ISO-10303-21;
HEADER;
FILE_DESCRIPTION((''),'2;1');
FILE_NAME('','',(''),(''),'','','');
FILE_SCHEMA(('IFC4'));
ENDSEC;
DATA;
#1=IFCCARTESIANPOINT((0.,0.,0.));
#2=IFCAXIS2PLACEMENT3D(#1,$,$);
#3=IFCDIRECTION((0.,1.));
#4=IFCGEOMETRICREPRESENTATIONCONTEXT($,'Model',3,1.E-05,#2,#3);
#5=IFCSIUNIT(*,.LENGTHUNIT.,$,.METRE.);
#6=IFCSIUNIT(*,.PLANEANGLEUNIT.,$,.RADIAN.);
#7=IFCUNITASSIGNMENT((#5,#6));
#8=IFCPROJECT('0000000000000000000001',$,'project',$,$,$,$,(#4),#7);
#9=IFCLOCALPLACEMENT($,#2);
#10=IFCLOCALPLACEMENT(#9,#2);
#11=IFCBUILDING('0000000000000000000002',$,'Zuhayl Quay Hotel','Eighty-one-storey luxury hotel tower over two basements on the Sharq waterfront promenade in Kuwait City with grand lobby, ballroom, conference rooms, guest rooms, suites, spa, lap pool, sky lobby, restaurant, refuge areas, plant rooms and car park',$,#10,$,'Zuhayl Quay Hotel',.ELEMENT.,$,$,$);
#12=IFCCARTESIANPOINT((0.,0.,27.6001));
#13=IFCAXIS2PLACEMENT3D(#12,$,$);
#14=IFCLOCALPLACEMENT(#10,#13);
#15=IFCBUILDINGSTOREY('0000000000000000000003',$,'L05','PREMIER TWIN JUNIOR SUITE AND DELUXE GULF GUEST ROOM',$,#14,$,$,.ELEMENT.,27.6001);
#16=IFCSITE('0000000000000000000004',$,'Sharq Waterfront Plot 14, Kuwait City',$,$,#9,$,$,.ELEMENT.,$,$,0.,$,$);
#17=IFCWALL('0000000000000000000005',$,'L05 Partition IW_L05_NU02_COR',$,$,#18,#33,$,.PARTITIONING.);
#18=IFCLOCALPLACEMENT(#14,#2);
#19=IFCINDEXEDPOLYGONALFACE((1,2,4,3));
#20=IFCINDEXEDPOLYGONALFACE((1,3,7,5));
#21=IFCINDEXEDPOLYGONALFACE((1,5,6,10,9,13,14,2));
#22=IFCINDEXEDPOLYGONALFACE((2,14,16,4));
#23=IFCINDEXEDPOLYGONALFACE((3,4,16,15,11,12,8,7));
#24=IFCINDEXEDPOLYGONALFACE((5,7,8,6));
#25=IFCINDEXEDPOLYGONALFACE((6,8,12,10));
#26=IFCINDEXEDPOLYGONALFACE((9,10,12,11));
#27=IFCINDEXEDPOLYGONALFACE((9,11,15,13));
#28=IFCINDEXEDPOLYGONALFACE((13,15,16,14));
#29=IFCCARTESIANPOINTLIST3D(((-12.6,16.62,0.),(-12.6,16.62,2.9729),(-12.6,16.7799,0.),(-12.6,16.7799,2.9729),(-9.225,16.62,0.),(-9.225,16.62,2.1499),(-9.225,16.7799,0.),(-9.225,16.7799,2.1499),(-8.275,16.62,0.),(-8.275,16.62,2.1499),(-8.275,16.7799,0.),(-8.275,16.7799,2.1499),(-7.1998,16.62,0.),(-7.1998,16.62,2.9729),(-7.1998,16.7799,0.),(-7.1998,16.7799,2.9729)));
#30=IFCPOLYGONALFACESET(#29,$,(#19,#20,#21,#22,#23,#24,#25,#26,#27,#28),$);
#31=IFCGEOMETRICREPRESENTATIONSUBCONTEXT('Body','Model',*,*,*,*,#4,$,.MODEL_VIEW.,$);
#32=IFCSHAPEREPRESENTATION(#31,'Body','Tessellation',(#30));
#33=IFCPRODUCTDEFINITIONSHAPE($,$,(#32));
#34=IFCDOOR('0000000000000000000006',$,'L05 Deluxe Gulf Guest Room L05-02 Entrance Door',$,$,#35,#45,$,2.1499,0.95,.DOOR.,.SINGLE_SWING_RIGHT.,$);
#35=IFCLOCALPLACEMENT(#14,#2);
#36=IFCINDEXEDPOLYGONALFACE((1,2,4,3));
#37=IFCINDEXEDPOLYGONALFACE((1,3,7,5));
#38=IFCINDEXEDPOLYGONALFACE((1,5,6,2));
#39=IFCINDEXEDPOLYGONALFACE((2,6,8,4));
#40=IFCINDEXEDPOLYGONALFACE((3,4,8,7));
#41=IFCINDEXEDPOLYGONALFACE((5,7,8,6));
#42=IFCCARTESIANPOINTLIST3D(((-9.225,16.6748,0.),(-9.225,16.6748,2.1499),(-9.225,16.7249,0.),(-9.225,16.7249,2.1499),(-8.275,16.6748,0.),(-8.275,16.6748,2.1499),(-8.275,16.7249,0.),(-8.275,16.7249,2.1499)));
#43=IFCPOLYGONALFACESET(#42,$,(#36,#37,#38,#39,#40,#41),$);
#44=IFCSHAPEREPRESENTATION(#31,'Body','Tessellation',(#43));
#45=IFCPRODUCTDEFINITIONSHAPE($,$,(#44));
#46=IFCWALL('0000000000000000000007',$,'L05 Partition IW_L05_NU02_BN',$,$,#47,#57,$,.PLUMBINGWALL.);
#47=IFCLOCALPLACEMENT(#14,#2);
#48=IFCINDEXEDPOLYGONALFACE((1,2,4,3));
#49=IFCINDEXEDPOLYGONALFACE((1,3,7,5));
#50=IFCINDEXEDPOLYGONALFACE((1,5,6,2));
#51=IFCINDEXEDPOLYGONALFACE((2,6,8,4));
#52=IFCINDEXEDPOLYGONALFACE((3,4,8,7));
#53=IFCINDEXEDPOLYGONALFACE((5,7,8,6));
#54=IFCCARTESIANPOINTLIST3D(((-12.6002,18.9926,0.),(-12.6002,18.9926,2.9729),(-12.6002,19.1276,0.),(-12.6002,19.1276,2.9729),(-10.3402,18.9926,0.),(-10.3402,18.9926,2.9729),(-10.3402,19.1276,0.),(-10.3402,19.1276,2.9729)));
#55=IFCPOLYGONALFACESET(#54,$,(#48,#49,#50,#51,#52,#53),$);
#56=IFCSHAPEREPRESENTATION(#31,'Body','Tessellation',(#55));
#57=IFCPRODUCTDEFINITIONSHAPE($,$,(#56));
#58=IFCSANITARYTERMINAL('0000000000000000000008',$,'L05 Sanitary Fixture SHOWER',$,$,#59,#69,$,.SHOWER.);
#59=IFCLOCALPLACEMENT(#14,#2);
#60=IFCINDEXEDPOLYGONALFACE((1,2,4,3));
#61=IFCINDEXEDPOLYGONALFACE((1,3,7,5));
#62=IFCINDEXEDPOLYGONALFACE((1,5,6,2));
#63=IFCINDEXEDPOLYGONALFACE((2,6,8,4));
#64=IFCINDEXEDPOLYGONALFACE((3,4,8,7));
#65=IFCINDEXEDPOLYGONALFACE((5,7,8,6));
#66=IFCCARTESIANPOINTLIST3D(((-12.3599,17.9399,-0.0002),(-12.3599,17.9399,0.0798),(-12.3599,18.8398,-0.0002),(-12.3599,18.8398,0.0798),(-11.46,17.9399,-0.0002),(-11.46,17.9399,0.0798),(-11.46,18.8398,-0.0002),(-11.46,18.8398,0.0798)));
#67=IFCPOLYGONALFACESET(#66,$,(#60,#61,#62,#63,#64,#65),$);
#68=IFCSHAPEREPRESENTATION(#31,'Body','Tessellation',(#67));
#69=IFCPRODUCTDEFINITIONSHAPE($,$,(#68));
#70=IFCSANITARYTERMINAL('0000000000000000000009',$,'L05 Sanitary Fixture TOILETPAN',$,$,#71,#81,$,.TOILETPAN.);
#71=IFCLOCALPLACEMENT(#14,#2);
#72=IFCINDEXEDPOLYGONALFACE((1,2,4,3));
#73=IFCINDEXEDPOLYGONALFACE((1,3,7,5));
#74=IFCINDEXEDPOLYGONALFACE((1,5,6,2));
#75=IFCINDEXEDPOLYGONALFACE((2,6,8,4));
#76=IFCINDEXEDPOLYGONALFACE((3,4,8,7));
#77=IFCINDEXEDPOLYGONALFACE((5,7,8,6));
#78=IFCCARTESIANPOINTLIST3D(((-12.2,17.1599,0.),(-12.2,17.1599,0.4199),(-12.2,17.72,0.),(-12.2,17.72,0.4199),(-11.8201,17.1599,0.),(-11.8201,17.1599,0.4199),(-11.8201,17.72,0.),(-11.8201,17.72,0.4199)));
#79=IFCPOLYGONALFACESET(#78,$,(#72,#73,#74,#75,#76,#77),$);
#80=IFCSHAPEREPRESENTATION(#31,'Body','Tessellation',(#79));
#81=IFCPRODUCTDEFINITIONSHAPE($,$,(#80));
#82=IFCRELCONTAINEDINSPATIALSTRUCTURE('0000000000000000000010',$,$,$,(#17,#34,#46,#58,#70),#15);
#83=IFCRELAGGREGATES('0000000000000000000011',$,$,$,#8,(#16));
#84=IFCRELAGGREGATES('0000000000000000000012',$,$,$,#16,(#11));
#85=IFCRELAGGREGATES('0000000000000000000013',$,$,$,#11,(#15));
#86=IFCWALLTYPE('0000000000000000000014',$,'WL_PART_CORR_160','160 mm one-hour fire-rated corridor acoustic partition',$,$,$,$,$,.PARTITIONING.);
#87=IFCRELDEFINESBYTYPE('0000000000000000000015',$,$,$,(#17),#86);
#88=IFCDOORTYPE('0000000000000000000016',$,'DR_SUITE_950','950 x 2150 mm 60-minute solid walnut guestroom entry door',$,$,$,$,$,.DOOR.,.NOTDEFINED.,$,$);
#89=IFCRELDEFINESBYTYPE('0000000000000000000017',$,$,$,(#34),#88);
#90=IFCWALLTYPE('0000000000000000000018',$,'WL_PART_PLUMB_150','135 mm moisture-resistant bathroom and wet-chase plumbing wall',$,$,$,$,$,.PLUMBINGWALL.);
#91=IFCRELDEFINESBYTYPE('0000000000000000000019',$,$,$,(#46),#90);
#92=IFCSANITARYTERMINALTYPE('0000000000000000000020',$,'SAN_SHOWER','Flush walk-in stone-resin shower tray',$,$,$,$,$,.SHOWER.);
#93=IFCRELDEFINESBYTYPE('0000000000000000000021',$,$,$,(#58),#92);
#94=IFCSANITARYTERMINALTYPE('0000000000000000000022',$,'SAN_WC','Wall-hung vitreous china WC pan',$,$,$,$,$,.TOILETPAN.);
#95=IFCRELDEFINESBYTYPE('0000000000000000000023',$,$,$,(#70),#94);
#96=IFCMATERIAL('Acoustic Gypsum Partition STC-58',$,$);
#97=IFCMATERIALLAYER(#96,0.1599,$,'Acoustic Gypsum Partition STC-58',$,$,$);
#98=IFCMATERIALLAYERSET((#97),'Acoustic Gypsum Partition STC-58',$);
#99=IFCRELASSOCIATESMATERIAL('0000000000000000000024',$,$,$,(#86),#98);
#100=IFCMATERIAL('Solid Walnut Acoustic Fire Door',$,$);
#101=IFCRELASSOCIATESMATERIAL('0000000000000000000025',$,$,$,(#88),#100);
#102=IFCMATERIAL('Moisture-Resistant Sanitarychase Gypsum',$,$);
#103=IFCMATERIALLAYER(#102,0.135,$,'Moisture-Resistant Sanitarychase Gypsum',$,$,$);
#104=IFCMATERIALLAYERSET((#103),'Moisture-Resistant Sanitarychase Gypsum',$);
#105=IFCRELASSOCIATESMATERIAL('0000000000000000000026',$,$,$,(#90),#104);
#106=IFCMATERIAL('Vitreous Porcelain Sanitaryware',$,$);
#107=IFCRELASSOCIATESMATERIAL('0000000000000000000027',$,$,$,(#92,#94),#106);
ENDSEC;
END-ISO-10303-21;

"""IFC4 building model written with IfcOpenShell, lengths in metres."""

from ifc_helpers import new_model, si_unit, direction, frame, frame_2d, origin, origin_2d, place, context, subcontext, project, spatial, rectangle, extrude, material, layer, layer_set, type_object, element, fill, save


model = new_model("IFC4")

# Units and contexts
model_context = context("Model", 3, precision=1e-05, world=origin(), true_north=direction((0.0, 1.0)))
body_context = subcontext(model_context, "Body", "Model", "MODEL_VIEW")
ifc_project = project(units=[si_unit("LENGTHUNIT", "METRE"), si_unit("PLANEANGLEUNIT", "RADIAN")], contexts=[model_context])

# Site, building, storey
site_placement = place(None, origin())
site = spatial("IfcSite", under=ifc_project, at=site_placement, Name="Sharq Waterfront Plot 14, Kuwait City", CompositionType="ELEMENT", RefElevation=0.0)
building_placement = place(site_placement, origin())
building = spatial("IfcBuilding", under=site, at=building_placement, Name="Zuhayl Quay Hotel", Description="Eighty-one-storey luxury hotel tower over two basements on the Sharq waterfront promenade in Kuwait City with grand lobby, ballroom, conference rooms, guest rooms, suites, spa, lap pool, sky lobby, restaurant, refuge areas, plant rooms and car park", LongName="Zuhayl Quay Hotel", CompositionType="ELEMENT")
storey_placement = place(building_placement, frame((0.0, 0.0, 27.6001)))
storey = spatial("IfcBuildingStorey", under=building, at=storey_placement, Name="L05", Description="PREMIER TWIN JUNIOR SUITE AND DELUXE GULF GUEST ROOM", CompositionType="ELEMENT", Elevation=27.6001)

# Shared definitions
ifc_material_1 = material(Name="Acoustic Gypsum Partition STC-58")

# Wall, opening, door
ifc_layer_1 = layer(ifc_material_1, 0.1599, Name="Acoustic Gypsum Partition STC-58")
ifc_layer_set_1 = layer_set([ifc_layer_1], Name="Acoustic Gypsum Partition STC-58")
wall_type_1 = type_object("IfcWallType", Name="WL_PART_CORR_160", Description="160 mm one-hour fire-rated corridor acoustic partition", PredefinedType="PARTITIONING", material=ifc_layer_set_1)
wall_1_placement = place(storey_placement, frame((-12.6001, 16.7, 0.0), z_axis=(0.0, 0.0, 1.0), x_axis=(1.0, 0.0, 0.0)))
wall_1 = element("IfcWall", 1, at=wall_1_placement, inside=storey, type_object=wall_type_1, Name="L05 Partition IW_L05_NU02_COR", PredefinedType="PARTITIONING", context=body_context, shape_type="SweptSolid", body=[
    extrude(rectangle(XDim=5.4001, YDim=0.1599, at=frame_2d((2.7002, 0.0))), origin(), (0.0, 0.0, 1.0), 2.9729),
])
opening_1_placement = place(wall_1_placement, frame((3.375, 0.0, 0.0)))
opening_1 = element("IfcOpeningElement", 2, at=opening_1_placement, cuts=wall_1, PredefinedType="OPENING", context=body_context, shape_type="SweptSolid", body=[
    extrude(rectangle(XDim=0.95, YDim=2.1499, at=frame_2d((0.4751, 1.075))), frame((0.0, 0.0898, 0.0), z_axis=(0.0, -1.0, 0.0), x_axis=(1.0, 0.0, 0.0)), (0.0, 0.0, 1.0), 0.1799),
])
ifc_material_2 = material(Name="Solid Walnut Acoustic Fire Door")
door_type_1 = type_object("IfcDoorType", Name="DR_SUITE_950", Description="950 x 2150 mm 60-minute solid walnut guestroom entry door", OperationType="NOTDEFINED", PredefinedType="DOOR", material=ifc_material_2)
door_1_placement = place(opening_1_placement, origin())
door_1 = element("IfcDoor", 3, at=door_1_placement, inside=storey, type_object=door_type_1, Name="L05 Deluxe Gulf Guest Room L05-02 Entrance Door", OperationType="SINGLE_SWING_RIGHT", OverallHeight=2.1499, OverallWidth=0.95, PredefinedType="DOOR", context=body_context, shape_type="SweptSolid", body=[
    extrude(rectangle(XDim=0.95, YDim=2.1499, at=frame_2d((0.4751, 1.075))), frame((0.0, 0.0249, 0.0), z_axis=(0.0, -1.0, 0.0), x_axis=(1.0, 0.0, 0.0)), (0.0, 0.0, 1.0), 0.05),
])
fill(opening_1, door_1)

# Wall
ifc_material_3 = material(Name="Moisture-Resistant Sanitarychase Gypsum")
ifc_layer_2 = layer(ifc_material_3, 0.135, Name="Moisture-Resistant Sanitarychase Gypsum")
ifc_layer_set_2 = layer_set([ifc_layer_2], Name="Moisture-Resistant Sanitarychase Gypsum")
wall_type_2 = type_object("IfcWallType", Name="WL_PART_PLUMB_150", Description="135 mm moisture-resistant bathroom and wet-chase plumbing wall", PredefinedType="PLUMBINGWALL", material=ifc_layer_set_2)
wall_2_placement = place(storey_placement, frame((-12.6001, 19.0601, 0.0), z_axis=(0.0, 0.0, 1.0), x_axis=(1.0, 0.0, 0.0)))
element("IfcWall", 4, at=wall_2_placement, inside=storey, type_object=wall_type_2, Name="L05 Partition IW_L05_NU02_BN", PredefinedType="PLUMBINGWALL", context=body_context, shape_type="SweptSolid", body=[
    extrude(rectangle(XDim=2.26, YDim=0.135, at=frame_2d((1.1299, 0.0))), origin(), (0.0, 0.0, 1.0), 2.9729),
])

# Sanitary terminals
ifc_material_4 = material(Name="Vitreous Porcelain Sanitaryware")
sanitary_terminal_type_1 = type_object("IfcSanitaryTerminalType", Name="SAN_SHOWER", Description="Flush walk-in stone-resin shower tray", PredefinedType="SHOWER", material=ifc_material_4)
sanitary_terminal_1_placement = place(storey_placement, frame((-11.9099, 18.3899, -0.0002), z_axis=(0.0, 0.0, 1.0), x_axis=(1.0, 0.0, 0.0)))
element("IfcSanitaryTerminal", 5, at=sanitary_terminal_1_placement, inside=storey, type_object=sanitary_terminal_type_1, Name="L05 Sanitary Fixture SHOWER", PredefinedType="SHOWER", context=body_context, shape_type="SweptSolid", body=[
    extrude(rectangle(XDim=0.8999, YDim=0.8999, at=origin_2d()), origin(), (0.0, 0.0, 1.0), 0.0801),
])
sanitary_terminal_type_2 = type_object("IfcSanitaryTerminalType", Name="SAN_WC", Description="Wall-hung vitreous china WC pan", PredefinedType="TOILETPAN", material=ifc_material_4)
sanitary_terminal_2_placement = place(storey_placement, frame((-12.01, 17.4399, 0.0), z_axis=(0.0, 0.0, 1.0), x_axis=(1.0, 0.0, 0.0)))
element("IfcSanitaryTerminal", 6, at=sanitary_terminal_2_placement, inside=storey, type_object=sanitary_terminal_type_2, Name="L05 Sanitary Fixture TOILETPAN", PredefinedType="TOILETPAN", context=body_context, shape_type="SweptSolid", body=[
    extrude(rectangle(XDim=0.3799, YDim=0.5601, at=origin_2d()), origin(), (0.0, 0.0, 1.0), 0.4199),
])

save(model, "model.ifc")
